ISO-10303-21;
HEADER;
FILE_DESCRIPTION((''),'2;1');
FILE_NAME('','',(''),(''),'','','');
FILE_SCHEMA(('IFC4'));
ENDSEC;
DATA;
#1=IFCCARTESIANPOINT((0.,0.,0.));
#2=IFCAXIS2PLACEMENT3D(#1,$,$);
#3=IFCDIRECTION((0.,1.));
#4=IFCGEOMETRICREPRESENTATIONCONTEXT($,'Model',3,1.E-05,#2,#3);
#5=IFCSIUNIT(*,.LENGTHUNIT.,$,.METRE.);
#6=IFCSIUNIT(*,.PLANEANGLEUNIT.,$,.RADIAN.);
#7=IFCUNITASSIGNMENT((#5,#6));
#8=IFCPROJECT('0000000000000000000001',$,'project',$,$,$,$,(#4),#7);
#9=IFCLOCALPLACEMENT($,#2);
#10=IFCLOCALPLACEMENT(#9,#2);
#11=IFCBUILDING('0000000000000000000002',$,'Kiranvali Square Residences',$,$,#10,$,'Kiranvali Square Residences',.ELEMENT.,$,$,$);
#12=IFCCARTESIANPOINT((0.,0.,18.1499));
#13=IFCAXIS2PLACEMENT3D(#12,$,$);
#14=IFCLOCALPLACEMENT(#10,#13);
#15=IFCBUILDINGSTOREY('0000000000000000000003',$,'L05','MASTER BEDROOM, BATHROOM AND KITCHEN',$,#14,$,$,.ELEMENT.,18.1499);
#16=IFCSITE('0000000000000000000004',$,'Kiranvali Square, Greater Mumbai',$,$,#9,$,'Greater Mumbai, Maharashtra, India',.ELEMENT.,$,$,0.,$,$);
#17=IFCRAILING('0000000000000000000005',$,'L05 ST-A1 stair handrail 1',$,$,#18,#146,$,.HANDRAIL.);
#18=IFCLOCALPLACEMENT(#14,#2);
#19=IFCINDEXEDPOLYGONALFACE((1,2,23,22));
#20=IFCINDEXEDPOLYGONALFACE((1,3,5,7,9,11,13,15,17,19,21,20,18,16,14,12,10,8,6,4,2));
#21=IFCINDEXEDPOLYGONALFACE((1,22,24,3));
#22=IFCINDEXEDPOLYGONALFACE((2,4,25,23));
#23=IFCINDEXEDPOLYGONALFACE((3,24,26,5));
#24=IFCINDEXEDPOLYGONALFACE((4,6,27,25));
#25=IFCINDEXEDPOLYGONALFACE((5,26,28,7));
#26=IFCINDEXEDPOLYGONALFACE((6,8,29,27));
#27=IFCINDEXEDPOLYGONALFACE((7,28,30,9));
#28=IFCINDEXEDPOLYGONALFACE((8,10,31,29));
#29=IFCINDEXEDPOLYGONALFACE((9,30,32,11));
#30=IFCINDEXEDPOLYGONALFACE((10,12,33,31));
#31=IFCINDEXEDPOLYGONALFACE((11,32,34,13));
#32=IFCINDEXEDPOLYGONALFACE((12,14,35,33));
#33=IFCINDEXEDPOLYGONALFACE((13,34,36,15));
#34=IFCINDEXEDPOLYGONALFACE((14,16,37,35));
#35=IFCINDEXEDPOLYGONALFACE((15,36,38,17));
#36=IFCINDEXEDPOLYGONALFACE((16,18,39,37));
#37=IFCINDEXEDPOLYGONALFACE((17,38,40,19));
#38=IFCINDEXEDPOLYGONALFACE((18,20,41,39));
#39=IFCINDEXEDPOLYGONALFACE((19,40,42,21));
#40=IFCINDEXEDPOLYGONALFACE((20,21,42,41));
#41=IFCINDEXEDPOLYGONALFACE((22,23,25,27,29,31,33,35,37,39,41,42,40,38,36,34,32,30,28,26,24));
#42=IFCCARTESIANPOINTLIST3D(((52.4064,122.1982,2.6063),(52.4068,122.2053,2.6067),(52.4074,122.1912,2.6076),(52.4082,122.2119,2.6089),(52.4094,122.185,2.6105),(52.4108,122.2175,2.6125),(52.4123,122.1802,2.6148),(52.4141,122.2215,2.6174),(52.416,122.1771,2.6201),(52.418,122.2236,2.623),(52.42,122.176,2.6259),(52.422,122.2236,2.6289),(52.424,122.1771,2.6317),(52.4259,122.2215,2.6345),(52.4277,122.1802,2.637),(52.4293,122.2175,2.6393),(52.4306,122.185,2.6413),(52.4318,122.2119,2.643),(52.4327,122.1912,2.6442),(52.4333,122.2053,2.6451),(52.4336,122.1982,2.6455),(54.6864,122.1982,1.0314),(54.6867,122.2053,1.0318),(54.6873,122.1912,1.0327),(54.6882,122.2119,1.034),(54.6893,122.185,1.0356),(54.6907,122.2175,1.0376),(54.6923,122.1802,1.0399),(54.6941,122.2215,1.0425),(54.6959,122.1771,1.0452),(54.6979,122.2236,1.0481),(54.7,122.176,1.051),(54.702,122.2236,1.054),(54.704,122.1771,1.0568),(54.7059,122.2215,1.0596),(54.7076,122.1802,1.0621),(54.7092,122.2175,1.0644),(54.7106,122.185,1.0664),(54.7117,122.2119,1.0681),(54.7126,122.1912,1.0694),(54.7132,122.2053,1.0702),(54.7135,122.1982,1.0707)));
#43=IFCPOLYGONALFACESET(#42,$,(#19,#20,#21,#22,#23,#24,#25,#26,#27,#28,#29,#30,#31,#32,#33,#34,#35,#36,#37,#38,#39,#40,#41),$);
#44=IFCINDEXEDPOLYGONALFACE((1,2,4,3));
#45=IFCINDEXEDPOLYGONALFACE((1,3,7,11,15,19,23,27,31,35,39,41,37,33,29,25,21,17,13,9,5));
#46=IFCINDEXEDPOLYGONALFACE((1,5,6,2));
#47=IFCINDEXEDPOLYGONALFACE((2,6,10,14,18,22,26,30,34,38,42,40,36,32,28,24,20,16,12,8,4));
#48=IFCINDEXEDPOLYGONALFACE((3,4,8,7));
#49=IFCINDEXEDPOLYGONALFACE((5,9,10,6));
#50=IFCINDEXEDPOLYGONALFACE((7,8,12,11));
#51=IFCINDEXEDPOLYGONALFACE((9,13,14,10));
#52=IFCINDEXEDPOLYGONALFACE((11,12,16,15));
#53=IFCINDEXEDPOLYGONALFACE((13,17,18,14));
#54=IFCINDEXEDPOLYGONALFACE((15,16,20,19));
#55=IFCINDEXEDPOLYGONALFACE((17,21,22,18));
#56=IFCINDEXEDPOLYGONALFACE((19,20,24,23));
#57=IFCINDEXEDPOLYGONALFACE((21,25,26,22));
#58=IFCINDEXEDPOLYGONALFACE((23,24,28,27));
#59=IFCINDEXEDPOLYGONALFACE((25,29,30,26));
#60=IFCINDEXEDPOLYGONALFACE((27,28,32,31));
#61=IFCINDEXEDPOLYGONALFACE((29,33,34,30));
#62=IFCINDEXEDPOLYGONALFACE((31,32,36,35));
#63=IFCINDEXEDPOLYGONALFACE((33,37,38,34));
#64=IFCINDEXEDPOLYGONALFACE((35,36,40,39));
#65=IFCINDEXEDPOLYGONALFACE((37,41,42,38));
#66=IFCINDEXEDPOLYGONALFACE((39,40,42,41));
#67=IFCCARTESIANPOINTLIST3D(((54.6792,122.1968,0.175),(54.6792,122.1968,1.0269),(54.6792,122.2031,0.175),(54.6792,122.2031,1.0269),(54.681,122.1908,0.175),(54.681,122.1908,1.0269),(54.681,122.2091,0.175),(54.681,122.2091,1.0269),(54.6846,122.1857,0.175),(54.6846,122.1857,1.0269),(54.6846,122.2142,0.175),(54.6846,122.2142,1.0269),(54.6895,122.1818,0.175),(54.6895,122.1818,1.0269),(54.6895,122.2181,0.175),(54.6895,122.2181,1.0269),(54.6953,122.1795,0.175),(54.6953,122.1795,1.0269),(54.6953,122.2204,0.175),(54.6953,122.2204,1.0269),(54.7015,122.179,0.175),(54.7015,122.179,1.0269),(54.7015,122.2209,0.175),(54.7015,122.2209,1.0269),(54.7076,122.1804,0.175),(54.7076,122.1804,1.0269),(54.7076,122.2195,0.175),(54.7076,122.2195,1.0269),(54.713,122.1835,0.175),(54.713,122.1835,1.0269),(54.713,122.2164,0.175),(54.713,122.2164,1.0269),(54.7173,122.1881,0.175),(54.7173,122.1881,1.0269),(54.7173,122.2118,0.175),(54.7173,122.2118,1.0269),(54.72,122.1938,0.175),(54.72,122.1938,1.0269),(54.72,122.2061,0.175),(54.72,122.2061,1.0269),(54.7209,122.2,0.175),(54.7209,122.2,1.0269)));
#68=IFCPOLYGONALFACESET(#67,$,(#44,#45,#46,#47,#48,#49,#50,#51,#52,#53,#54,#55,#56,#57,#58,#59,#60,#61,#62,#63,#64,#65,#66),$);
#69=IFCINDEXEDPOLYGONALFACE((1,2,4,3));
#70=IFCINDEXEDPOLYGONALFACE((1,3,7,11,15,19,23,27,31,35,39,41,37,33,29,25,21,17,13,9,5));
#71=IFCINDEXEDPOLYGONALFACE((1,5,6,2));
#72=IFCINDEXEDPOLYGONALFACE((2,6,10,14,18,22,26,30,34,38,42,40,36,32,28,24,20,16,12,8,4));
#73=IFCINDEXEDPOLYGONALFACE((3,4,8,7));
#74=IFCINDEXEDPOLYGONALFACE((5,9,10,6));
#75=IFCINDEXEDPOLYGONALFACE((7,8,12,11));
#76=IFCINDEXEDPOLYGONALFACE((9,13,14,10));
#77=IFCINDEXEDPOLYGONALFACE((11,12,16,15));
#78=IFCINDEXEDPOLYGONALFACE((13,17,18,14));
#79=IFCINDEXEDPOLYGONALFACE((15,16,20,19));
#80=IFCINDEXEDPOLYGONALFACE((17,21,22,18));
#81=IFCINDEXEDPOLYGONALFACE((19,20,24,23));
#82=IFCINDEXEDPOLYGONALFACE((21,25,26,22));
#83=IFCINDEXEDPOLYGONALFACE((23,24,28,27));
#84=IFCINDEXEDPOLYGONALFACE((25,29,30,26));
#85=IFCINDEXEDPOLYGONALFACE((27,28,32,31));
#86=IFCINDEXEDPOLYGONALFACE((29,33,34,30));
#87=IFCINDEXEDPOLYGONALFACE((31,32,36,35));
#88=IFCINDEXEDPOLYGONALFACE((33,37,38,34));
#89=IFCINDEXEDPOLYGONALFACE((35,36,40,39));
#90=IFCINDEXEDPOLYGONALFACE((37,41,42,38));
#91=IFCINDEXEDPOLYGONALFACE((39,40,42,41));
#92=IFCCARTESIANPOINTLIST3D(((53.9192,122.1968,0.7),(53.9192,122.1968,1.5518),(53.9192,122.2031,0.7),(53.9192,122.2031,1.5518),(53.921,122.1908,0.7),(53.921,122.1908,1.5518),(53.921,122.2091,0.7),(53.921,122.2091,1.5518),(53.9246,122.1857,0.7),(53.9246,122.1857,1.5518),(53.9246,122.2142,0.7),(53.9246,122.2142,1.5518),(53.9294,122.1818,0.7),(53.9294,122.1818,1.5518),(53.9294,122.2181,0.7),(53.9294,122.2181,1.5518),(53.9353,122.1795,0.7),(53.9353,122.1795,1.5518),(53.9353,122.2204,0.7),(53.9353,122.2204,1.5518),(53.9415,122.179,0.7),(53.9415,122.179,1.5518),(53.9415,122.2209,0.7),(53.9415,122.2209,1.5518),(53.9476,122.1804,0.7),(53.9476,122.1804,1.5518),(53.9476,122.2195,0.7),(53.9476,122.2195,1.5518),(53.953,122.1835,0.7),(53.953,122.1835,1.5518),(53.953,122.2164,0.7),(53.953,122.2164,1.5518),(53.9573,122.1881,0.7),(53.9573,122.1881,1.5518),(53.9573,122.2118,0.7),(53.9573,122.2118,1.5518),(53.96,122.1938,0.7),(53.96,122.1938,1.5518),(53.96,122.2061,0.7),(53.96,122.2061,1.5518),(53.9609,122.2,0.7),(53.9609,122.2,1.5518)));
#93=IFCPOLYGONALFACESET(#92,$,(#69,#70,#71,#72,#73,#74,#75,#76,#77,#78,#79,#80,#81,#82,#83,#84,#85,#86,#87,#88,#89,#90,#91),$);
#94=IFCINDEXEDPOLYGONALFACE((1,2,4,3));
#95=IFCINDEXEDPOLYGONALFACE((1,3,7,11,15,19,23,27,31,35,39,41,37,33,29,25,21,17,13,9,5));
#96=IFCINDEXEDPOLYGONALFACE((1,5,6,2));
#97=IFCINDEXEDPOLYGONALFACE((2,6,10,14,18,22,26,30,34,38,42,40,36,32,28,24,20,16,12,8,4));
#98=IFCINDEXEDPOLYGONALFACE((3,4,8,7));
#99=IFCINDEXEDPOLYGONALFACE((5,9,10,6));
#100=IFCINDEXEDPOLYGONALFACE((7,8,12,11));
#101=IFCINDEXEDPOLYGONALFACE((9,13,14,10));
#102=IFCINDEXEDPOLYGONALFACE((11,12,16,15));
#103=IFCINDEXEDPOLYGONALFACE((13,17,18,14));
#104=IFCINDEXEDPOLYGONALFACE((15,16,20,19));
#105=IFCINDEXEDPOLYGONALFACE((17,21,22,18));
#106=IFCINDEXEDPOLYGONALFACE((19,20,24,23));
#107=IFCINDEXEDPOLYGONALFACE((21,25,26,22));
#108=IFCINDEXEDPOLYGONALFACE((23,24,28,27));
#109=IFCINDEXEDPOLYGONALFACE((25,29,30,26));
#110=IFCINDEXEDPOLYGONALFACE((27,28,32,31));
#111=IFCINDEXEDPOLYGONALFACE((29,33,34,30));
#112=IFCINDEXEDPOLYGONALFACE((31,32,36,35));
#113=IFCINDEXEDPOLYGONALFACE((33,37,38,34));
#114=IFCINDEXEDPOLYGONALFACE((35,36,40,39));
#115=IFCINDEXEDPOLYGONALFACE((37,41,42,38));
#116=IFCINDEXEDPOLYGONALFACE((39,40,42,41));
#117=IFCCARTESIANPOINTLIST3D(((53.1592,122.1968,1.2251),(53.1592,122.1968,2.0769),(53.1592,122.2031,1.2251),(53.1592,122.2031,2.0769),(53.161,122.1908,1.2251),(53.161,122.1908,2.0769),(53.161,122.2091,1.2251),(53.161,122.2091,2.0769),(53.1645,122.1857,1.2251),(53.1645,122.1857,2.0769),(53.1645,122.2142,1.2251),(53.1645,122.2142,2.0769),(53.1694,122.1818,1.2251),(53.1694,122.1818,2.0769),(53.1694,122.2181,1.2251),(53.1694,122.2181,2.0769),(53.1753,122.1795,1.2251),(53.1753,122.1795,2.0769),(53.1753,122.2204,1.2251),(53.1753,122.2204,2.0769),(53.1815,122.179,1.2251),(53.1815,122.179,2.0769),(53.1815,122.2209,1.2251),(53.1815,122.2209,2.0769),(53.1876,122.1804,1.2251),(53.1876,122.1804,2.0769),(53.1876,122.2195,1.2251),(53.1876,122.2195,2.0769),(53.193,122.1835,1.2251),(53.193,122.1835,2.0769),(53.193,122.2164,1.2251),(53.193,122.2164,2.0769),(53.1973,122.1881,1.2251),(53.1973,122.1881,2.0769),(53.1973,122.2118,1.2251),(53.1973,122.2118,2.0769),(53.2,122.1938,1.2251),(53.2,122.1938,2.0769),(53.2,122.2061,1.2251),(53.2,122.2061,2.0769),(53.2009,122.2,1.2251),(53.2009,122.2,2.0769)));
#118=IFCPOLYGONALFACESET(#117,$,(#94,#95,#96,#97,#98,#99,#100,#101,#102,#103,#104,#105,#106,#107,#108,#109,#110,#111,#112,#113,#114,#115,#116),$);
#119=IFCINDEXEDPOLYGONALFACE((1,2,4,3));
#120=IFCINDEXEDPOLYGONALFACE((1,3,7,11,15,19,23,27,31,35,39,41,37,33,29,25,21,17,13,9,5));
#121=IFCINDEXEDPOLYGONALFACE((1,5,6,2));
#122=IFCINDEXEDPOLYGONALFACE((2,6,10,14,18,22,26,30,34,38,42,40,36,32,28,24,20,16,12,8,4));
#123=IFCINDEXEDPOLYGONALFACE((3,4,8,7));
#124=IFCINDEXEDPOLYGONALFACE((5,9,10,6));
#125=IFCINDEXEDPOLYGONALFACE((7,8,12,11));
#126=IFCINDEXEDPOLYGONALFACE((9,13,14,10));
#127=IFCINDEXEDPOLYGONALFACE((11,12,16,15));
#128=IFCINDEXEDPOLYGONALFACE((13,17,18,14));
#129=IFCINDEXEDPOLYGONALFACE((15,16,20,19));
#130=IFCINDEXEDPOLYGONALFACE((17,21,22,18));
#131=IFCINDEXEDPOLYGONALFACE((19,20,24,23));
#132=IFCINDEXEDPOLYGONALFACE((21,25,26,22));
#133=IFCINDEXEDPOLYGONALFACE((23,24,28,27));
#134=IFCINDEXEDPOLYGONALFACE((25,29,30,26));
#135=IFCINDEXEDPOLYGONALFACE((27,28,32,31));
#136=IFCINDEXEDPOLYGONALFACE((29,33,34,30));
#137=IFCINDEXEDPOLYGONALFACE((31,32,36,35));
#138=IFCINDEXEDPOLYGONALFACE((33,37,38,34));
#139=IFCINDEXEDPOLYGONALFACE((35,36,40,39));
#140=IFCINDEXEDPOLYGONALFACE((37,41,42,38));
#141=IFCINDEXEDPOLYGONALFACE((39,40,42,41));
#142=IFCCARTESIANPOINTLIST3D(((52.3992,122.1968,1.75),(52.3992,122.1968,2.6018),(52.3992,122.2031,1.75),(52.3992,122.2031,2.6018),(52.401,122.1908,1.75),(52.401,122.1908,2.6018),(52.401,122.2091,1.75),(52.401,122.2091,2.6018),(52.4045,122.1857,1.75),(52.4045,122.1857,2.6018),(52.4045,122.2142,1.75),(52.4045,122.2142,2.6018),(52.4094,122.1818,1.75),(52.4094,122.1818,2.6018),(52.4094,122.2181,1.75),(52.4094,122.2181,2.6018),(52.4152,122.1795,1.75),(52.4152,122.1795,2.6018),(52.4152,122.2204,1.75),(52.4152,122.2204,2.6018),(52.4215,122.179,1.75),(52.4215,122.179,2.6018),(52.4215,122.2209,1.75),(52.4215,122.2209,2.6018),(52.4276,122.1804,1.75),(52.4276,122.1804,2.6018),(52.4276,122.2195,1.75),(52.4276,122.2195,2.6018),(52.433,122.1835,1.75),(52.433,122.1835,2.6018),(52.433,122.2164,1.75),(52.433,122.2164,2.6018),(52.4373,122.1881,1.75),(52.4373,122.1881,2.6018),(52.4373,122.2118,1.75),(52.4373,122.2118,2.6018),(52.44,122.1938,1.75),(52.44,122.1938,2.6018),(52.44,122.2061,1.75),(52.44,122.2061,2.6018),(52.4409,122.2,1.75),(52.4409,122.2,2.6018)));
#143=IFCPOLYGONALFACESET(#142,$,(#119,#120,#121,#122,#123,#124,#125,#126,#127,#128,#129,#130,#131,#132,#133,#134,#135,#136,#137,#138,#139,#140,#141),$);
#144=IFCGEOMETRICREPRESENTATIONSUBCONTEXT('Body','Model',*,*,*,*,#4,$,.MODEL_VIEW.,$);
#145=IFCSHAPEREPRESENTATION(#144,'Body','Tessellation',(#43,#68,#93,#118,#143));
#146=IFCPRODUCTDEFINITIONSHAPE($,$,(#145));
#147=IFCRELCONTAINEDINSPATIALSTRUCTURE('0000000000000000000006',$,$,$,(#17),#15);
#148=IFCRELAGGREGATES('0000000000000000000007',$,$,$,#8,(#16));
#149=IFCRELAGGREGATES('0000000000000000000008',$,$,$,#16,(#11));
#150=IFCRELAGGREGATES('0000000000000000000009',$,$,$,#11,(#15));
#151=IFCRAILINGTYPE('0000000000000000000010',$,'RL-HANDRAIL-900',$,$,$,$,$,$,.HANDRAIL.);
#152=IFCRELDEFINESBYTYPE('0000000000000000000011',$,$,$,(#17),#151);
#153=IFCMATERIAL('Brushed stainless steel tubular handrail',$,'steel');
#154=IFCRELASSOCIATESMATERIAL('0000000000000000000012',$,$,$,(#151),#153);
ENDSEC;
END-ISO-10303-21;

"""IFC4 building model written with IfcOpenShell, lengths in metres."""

from ifc_helpers import new_model, si_unit, direction, frame, origin, origin_2d, place, context, subcontext, project, spatial, circle, extrude, material, type_object, element, save


model = new_model("IFC4")

# Units and contexts
model_context = context("Model", 3, precision=1e-05, world=origin(), true_north=direction((0.0, 1.0)))
body_context = subcontext(model_context, "Body", "Model", "MODEL_VIEW")
ifc_project = project(units=[si_unit("LENGTHUNIT", "METRE"), si_unit("PLANEANGLEUNIT", "RADIAN")], contexts=[model_context])

# Site, building, storey
site_placement = place(None, origin())
site = spatial("IfcSite", under=ifc_project, at=site_placement, Name="Kiranvali Square, Greater Mumbai", LongName="Greater Mumbai, Maharashtra, India", CompositionType="ELEMENT", RefElevation=0.0)
building_placement = place(site_placement, origin())
building = spatial("IfcBuilding", under=site, at=building_placement, Name="Kiranvali Square Residences", LongName="Kiranvali Square Residences", CompositionType="ELEMENT")
storey_placement = place(building_placement, frame((0.0, 0.0, 18.1499)))
storey = spatial("IfcBuildingStorey", under=building, at=storey_placement, Name="L05", Description="MASTER BEDROOM, BATHROOM AND KITCHEN", CompositionType="ELEMENT", Elevation=18.1499)

# Railing
ifc_material_1 = material(Name="Brushed stainless steel tubular handrail", Category="steel")
railing_type_1 = type_object("IfcRailingType", Name="RL-HANDRAIL-900", PredefinedType="HANDRAIL", material=ifc_material_1)
railing_1_placement = place(storey_placement, frame((54.7, 122.2, 0.175)))
element("IfcRailing", 1, at=railing_1_placement, inside=storey, type_object=railing_type_1, Name="L05 ST-A1 stair handrail 1", PredefinedType="HANDRAIL", context=body_context, shape_type="SweptSolid", body=[
    extrude(circle(Radius=0.0239, at=origin_2d()), frame((0.0, 0.0, 0.876), z_axis=(-0.822788, 0.0, 0.568348), x_axis=(0.0, -1.0, 0.0)), (0.0, 0.0, 1.0), 2.771),
    extrude(circle(Radius=0.021, at=origin_2d()), origin(), (0.0, 0.0, 1.0), 0.8518),
    extrude(circle(Radius=0.021, at=origin_2d()), frame((-0.76, 0.0, 0.5249)), (0.0, 0.0, 1.0), 0.8518),
    extrude(circle(Radius=0.021, at=origin_2d()), frame((-1.52, 0.0, 1.05)), (0.0, 0.0, 1.0), 0.8518),
    extrude(circle(Radius=0.021, at=origin_2d()), frame((-2.28, 0.0, 1.575)), (0.0, 0.0, 1.0), 0.8518),
])

save(model, "model.ifc")
